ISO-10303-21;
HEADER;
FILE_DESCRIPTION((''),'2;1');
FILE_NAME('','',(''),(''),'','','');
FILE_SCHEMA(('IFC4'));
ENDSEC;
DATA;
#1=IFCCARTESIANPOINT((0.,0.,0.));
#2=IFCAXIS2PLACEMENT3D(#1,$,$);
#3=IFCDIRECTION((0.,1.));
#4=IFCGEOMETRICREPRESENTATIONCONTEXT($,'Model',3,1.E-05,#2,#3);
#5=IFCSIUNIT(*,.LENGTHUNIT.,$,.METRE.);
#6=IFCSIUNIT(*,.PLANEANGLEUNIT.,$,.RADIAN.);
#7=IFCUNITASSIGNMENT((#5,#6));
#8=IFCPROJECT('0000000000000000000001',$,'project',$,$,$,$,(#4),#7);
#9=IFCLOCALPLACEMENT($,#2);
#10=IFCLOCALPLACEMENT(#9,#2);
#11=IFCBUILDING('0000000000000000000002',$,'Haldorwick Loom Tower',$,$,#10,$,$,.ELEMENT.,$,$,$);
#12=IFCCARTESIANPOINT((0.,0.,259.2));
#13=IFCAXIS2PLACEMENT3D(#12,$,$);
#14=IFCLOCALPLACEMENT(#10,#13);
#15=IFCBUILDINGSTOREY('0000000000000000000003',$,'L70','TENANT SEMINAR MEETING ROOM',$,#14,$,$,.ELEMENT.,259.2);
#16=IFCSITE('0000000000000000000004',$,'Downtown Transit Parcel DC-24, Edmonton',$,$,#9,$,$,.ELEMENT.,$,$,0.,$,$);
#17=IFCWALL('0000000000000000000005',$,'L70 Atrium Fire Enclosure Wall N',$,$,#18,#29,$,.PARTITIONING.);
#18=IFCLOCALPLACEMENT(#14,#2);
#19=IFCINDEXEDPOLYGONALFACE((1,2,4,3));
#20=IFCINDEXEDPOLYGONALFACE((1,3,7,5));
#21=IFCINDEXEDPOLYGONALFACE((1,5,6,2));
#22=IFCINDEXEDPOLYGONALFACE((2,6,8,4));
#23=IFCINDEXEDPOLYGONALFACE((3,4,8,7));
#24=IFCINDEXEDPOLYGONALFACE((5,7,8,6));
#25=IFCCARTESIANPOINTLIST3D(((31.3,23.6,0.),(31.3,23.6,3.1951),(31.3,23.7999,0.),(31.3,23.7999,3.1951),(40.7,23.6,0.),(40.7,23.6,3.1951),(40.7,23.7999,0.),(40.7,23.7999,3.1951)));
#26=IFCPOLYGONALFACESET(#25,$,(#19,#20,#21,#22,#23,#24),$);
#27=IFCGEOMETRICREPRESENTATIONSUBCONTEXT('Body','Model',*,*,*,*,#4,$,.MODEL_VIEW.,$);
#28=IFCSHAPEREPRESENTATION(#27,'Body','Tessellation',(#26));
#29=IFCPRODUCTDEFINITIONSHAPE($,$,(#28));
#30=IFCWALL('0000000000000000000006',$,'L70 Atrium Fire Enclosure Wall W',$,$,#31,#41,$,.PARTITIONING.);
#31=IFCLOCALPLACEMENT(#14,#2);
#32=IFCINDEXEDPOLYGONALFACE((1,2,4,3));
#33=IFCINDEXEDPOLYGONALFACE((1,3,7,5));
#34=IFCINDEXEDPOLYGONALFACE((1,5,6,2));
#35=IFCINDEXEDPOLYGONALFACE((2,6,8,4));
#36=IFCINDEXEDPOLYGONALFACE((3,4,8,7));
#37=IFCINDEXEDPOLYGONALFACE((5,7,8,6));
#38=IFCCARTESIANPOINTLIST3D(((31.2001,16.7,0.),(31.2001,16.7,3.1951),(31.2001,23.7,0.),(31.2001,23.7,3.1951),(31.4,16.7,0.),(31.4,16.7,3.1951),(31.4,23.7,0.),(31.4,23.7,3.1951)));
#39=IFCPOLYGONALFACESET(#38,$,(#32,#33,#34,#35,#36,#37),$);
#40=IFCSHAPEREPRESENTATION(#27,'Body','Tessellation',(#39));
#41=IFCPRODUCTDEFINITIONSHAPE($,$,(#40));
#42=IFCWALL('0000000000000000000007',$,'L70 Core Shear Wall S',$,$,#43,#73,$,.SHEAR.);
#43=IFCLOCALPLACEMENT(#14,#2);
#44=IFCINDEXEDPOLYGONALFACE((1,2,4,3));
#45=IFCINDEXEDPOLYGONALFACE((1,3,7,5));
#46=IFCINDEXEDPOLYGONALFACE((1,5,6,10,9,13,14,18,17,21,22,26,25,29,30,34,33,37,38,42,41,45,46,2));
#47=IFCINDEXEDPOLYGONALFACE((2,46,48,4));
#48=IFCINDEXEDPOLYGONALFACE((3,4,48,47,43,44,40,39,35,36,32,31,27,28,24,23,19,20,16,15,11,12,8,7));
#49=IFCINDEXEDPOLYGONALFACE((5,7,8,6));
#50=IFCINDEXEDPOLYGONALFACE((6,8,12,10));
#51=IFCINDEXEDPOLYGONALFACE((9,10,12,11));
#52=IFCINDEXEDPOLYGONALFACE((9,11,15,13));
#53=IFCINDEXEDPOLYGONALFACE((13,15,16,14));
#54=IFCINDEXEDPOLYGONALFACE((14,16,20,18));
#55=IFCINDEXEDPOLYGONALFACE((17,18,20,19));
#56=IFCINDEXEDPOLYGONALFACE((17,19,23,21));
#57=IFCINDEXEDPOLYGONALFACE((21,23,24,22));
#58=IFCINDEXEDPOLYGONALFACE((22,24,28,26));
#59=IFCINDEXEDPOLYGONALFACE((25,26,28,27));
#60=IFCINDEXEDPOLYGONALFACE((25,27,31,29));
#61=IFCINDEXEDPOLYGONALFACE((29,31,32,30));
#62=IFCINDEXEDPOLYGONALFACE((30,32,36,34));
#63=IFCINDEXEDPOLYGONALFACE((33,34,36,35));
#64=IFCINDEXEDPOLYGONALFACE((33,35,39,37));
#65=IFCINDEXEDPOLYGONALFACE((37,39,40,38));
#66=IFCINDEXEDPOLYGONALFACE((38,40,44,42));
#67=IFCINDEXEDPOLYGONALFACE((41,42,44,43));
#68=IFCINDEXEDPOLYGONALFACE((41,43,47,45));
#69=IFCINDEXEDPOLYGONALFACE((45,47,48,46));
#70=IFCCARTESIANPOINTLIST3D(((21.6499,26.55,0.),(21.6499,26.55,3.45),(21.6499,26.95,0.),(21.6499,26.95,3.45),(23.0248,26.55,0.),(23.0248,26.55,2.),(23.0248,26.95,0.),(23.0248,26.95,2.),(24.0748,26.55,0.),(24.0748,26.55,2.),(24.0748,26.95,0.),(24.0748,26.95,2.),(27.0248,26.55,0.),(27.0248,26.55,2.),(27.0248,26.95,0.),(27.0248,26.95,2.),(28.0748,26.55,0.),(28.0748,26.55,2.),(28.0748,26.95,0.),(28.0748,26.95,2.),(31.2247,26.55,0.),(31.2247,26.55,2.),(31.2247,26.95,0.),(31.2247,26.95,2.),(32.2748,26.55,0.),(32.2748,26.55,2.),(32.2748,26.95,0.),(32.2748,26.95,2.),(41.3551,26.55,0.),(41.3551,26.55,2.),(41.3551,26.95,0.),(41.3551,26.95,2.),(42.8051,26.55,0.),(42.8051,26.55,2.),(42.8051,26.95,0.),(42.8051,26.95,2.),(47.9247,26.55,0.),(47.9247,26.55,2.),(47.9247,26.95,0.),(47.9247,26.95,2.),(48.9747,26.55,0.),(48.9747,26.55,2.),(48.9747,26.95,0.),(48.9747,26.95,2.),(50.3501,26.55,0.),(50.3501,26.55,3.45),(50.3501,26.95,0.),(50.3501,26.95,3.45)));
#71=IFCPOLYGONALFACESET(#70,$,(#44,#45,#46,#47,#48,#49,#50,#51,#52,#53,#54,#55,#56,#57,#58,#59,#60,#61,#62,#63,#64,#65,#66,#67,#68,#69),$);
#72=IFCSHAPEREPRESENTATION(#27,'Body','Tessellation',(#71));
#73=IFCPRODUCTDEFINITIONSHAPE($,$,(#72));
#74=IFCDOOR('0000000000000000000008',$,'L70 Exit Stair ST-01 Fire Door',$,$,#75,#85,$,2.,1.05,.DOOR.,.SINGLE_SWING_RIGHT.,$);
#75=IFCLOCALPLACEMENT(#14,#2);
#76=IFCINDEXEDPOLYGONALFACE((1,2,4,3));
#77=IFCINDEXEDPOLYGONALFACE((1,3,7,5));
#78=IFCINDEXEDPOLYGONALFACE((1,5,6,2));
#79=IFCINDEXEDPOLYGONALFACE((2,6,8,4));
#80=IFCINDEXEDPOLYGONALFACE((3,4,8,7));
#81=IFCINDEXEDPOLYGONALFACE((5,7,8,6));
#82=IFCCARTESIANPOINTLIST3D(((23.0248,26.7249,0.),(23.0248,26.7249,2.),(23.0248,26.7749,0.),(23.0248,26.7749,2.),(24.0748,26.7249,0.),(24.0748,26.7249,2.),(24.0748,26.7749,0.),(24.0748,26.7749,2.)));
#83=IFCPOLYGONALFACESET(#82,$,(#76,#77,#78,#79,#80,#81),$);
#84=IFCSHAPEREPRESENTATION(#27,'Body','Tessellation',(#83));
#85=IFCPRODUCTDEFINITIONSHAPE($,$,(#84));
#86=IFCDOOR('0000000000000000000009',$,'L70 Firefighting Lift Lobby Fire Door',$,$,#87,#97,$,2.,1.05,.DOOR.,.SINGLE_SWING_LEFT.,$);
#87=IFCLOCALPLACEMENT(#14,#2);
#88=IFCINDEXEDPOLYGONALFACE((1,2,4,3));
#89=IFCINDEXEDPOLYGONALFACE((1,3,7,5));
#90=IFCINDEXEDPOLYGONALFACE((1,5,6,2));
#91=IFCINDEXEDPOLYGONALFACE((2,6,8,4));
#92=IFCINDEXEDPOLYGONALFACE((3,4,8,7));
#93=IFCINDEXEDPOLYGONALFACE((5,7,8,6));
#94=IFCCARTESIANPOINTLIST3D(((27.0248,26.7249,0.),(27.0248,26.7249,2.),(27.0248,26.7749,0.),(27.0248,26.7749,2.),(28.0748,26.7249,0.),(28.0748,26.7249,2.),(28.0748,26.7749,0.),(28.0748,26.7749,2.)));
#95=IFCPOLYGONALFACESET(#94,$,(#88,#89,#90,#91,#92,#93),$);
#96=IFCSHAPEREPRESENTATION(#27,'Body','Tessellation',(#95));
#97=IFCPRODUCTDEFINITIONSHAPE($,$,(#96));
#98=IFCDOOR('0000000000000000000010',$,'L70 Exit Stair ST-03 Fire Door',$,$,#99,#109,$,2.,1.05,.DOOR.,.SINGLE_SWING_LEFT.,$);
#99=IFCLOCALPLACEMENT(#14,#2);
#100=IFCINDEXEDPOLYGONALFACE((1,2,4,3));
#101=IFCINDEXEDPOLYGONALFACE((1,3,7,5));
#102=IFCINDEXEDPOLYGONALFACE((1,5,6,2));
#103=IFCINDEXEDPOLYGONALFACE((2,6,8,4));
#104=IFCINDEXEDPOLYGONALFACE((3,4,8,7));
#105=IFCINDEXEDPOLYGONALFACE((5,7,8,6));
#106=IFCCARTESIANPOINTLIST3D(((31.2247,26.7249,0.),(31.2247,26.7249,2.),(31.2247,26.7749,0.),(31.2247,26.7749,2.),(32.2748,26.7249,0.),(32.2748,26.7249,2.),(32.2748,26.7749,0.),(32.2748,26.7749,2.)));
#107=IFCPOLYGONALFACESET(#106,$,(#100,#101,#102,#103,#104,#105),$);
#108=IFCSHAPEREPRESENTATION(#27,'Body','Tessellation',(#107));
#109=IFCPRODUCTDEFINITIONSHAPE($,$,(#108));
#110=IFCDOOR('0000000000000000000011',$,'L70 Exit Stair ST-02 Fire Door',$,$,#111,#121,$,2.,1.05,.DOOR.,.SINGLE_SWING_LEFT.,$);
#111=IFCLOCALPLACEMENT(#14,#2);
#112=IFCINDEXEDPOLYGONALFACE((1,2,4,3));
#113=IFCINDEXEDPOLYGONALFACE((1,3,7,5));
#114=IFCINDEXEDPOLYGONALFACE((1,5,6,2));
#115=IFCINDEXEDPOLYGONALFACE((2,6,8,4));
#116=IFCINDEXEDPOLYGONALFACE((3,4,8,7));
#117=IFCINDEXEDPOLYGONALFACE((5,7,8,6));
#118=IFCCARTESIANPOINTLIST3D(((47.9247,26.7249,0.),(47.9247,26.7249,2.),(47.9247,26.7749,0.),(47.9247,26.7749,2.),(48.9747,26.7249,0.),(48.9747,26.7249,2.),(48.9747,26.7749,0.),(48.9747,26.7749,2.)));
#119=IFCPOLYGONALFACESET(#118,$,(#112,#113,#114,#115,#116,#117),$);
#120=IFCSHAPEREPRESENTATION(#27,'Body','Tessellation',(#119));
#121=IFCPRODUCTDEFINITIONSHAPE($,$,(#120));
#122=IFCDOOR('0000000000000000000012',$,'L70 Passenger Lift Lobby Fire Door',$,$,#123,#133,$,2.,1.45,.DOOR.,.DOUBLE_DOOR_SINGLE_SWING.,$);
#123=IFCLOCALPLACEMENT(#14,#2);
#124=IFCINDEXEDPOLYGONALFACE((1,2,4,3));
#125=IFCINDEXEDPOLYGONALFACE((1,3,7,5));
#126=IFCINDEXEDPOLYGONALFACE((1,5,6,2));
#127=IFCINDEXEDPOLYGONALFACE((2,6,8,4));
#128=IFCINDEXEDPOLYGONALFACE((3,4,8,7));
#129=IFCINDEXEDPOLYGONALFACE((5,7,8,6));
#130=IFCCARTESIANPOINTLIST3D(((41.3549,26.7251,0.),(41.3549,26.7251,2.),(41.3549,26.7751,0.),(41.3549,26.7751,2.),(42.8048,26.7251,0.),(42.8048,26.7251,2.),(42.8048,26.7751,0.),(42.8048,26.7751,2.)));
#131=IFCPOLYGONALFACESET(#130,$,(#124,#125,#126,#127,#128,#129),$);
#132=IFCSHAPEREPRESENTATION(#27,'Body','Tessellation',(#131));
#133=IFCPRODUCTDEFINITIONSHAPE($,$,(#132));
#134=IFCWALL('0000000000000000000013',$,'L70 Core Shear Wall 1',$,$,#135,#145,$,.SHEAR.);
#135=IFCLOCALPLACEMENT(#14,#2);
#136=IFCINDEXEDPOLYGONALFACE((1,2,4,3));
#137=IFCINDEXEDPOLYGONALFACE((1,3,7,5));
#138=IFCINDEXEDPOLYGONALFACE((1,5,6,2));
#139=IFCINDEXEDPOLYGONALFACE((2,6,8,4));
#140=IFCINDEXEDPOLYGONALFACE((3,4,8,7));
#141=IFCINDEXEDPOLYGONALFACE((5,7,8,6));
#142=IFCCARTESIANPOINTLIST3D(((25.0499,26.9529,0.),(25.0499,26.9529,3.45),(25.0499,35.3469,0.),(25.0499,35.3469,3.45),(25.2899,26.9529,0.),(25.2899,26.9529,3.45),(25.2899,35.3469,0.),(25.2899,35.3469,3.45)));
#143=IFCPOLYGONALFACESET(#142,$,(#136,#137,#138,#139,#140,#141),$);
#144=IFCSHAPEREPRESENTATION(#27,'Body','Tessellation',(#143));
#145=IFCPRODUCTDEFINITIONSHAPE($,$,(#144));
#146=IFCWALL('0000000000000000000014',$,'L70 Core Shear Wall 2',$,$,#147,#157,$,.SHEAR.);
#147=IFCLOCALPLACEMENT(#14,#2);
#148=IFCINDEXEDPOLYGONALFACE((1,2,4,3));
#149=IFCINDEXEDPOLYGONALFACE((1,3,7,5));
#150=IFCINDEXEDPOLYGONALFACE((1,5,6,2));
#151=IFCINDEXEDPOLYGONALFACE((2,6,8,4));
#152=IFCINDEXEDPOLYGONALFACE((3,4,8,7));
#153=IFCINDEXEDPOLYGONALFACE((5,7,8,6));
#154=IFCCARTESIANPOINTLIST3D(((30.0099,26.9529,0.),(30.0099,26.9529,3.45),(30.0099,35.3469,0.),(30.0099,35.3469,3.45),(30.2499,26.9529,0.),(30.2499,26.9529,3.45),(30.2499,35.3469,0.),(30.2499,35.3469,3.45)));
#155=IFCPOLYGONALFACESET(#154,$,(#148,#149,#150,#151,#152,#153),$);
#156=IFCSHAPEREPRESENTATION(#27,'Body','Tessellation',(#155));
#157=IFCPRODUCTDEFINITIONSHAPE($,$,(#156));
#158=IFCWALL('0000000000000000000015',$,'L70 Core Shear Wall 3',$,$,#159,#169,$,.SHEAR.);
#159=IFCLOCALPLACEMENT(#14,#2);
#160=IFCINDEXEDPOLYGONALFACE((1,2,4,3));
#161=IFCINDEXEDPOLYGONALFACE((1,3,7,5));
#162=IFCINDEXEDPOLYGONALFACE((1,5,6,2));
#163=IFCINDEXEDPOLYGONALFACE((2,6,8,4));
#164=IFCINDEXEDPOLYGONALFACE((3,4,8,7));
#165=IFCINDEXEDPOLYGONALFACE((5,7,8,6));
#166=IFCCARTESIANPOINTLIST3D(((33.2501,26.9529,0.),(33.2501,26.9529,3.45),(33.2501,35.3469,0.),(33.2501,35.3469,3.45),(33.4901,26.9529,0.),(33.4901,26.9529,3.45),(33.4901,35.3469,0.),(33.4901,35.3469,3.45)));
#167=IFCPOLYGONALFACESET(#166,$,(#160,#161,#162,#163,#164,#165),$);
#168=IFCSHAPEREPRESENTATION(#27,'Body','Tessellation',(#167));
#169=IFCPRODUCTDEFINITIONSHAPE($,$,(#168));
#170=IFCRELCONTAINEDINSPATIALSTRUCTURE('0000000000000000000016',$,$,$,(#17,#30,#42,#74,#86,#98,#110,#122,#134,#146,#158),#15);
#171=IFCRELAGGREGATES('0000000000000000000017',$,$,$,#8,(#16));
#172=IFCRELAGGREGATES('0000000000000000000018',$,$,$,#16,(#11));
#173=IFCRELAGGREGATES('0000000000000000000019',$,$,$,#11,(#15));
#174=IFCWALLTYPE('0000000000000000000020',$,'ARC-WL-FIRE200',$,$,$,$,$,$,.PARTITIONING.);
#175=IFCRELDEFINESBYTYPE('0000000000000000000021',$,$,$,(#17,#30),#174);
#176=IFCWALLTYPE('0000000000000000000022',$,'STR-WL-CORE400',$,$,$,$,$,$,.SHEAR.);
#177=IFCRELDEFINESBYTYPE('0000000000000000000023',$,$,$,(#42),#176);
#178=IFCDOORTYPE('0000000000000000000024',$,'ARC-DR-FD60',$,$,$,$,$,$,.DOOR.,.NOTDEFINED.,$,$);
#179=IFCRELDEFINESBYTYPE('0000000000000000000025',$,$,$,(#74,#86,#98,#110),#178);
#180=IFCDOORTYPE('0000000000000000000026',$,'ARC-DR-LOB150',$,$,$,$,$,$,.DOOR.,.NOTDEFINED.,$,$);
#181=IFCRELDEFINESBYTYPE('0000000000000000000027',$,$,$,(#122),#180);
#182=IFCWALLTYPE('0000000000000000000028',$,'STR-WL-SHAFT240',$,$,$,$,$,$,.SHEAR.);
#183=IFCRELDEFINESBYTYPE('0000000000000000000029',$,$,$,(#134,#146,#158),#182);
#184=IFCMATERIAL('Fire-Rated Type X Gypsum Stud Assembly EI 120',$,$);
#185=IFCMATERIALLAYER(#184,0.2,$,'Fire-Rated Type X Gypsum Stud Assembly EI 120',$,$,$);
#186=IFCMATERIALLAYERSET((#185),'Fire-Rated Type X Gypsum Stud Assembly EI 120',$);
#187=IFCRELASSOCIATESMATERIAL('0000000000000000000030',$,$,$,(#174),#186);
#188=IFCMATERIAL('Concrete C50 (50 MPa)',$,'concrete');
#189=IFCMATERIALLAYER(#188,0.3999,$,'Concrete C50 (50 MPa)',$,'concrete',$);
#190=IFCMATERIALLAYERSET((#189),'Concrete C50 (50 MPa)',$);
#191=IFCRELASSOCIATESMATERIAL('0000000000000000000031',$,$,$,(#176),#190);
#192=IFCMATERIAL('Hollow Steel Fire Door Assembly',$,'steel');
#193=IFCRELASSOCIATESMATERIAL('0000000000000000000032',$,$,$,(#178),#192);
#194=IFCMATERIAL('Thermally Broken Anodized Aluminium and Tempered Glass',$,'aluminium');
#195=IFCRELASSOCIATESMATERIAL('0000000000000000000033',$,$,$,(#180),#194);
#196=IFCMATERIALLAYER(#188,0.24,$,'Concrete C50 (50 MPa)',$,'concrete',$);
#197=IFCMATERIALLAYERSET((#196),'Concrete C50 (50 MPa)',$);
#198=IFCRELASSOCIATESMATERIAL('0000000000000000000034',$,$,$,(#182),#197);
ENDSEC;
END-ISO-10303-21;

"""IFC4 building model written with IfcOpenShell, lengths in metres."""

from ifc_helpers import new_model, si_unit, direction, frame, frame_2d, origin, place, context, subcontext, project, spatial, rectangle, extrude, material, layer, layer_set, type_object, element, fill, save


model = new_model("IFC4")

# Units and contexts
model_context = context("Model", 3, precision=1e-05, world=origin(), true_north=direction((0.0, 1.0)))
body_context = subcontext(model_context, "Body", "Model", "MODEL_VIEW")
ifc_project = project(units=[si_unit("LENGTHUNIT", "METRE"), si_unit("PLANEANGLEUNIT", "RADIAN")], contexts=[model_context])

# Site, building, storey
site_placement = place(None, origin())
site = spatial("IfcSite", under=ifc_project, at=site_placement, Name="Downtown Transit Parcel DC-24, Edmonton", CompositionType="ELEMENT", RefElevation=0.0)
building_placement = place(site_placement, origin())
building = spatial("IfcBuilding", under=site, at=building_placement, Name="Haldorwick Loom Tower", CompositionType="ELEMENT")
storey_placement = place(building_placement, frame((0.0, 0.0, 259.2)))
storey = spatial("IfcBuildingStorey", under=building, at=storey_placement, Name="L70", Description="TENANT SEMINAR MEETING ROOM", CompositionType="ELEMENT", Elevation=259.2)

# Shared definitions
ifc_material_1 = material(Name="Concrete C50 (50 MPa)", Category="concrete")

# Walls
ifc_material_2 = material(Name="Fire-Rated Type X Gypsum Stud Assembly EI 120")
ifc_layer_1 = layer(ifc_material_2, 0.2, Name="Fire-Rated Type X Gypsum Stud Assembly EI 120")
ifc_layer_set_1 = layer_set([ifc_layer_1], Name="Fire-Rated Type X Gypsum Stud Assembly EI 120")
wall_type_1 = type_object("IfcWallType", Name="ARC-WL-FIRE200", PredefinedType="PARTITIONING", material=ifc_layer_set_1)
wall_1_placement = place(storey_placement, frame((31.3, 23.7, 0.0), z_axis=(0.0, 0.0, 1.0), x_axis=(1.0, 0.0, 0.0)))
element("IfcWall", 1, at=wall_1_placement, inside=storey, type_object=wall_type_1, Name="L70 Atrium Fire Enclosure Wall N", PredefinedType="PARTITIONING", context=body_context, shape_type="SweptSolid", body=[
    extrude(rectangle(XDim=9.3999, YDim=0.2, at=frame_2d((4.7, 0.0))), origin(), (0.0, 0.0, 1.0), 3.1951),
])
wall_2_placement = place(storey_placement, frame((31.3, 16.7, 0.0), z_axis=(0.0, 0.0, 1.0), x_axis=(0.0, 1.0, 0.0)))
element("IfcWall", 2, at=wall_2_placement, inside=storey, type_object=wall_type_1, Name="L70 Atrium Fire Enclosure Wall W", PredefinedType="PARTITIONING", context=body_context, shape_type="SweptSolid", body=[
    extrude(rectangle(XDim=7.0, YDim=0.2, at=frame_2d((3.5, 0.0))), origin(), (0.0, 0.0, 1.0), 3.1951),
])

# Wall, openings, doors
ifc_layer_2 = layer(ifc_material_1, 0.3999, Name="Concrete C50 (50 MPa)", Category="concrete")
ifc_layer_set_2 = layer_set([ifc_layer_2], Name="Concrete C50 (50 MPa)")
wall_type_2 = type_object("IfcWallType", Name="STR-WL-CORE400", PredefinedType="SHEAR", material=ifc_layer_set_2)
wall_3_placement = place(storey_placement, frame((21.6499, 26.75, 0.0), z_axis=(0.0, 0.0, 1.0), x_axis=(1.0, 0.0, 0.0)))
wall_3 = element("IfcWall", 3, at=wall_3_placement, inside=storey, type_object=wall_type_2, Name="L70 Core Shear Wall S", PredefinedType="SHEAR", context=body_context, shape_type="SweptSolid", body=[
    extrude(rectangle(XDim=28.7002, YDim=0.3999, at=frame_2d((14.3501, 0.0))), origin(), (0.0, 0.0, 1.0), 3.45),
])
opening_1_placement = place(wall_3_placement, frame((1.375, 0.0, 0.0)))
opening_1 = element("IfcOpeningElement", 4, at=opening_1_placement, cuts=wall_3, PredefinedType="OPENING", context=body_context, shape_type="SweptSolid", body=[
    extrude(rectangle(XDim=1.05, YDim=2.0, at=frame_2d((0.5249, 1.0))), frame((0.0, 0.21, 0.0), z_axis=(0.0, -1.0, 0.0), x_axis=(1.0, 0.0, 0.0)), (0.0, 0.0, 1.0), 0.4199),
])
opening_2_placement = place(wall_3_placement, frame((5.375, 0.0, 0.0)))
opening_2 = element("IfcOpeningElement", 5, at=opening_2_placement, cuts=wall_3, PredefinedType="OPENING", context=body_context, shape_type="SweptSolid", body=[
    extrude(rectangle(XDim=1.05, YDim=2.0, at=frame_2d((0.5249, 1.0))), frame((0.0, 0.21, 0.0), z_axis=(0.0, -1.0, 0.0), x_axis=(1.0, 0.0, 0.0)), (0.0, 0.0, 1.0), 0.4199),
])
opening_3_placement = place(wall_3_placement, frame((9.575, 0.0, 0.0)))
opening_3 = element("IfcOpeningElement", 6, at=opening_3_placement, cuts=wall_3, PredefinedType="OPENING", context=body_context, shape_type="SweptSolid", body=[
    extrude(rectangle(XDim=1.05, YDim=2.0, at=frame_2d((0.5249, 1.0))), frame((0.0, 0.21, 0.0), z_axis=(0.0, -1.0, 0.0), x_axis=(1.0, 0.0, 0.0)), (0.0, 0.0, 1.0), 0.4199),
])
opening_4_placement = place(wall_3_placement, frame((19.7051, 0.0, 0.0)))
opening_4 = element("IfcOpeningElement", 7, at=opening_4_placement, cuts=wall_3, PredefinedType="OPENING", context=body_context, shape_type="SweptSolid", body=[
    extrude(rectangle(XDim=1.45, YDim=2.0, at=frame_2d((0.7251, 1.0))), frame((0.0, 0.21, 0.0), z_axis=(0.0, -1.0, 0.0), x_axis=(1.0, 0.0, 0.0)), (0.0, 0.0, 1.0), 0.4199),
])
opening_5_placement = place(wall_3_placement, frame((26.2749, 0.0, 0.0)))
opening_5 = element("IfcOpeningElement", 8, at=opening_5_placement, cuts=wall_3, PredefinedType="OPENING", context=body_context, shape_type="SweptSolid", body=[
    extrude(rectangle(XDim=1.05, YDim=2.0, at=frame_2d((0.5249, 1.0))), frame((0.0, 0.21, 0.0), z_axis=(0.0, -1.0, 0.0), x_axis=(1.0, 0.0, 0.0)), (0.0, 0.0, 1.0), 0.4199),
])
ifc_material_3 = material(Name="Hollow Steel Fire Door Assembly", Category="steel")
door_type_1 = type_object("IfcDoorType", Name="ARC-DR-FD60", OperationType="NOTDEFINED", PredefinedType="DOOR", material=ifc_material_3)
door_1_placement = place(opening_1_placement, origin())
door_1 = element("IfcDoor", 9, at=door_1_placement, inside=storey, type_object=door_type_1, Name="L70 Exit Stair ST-01 Fire Door", OperationType="SINGLE_SWING_RIGHT", OverallHeight=2.0, OverallWidth=1.05, PredefinedType="DOOR", context=body_context, shape_type="SweptSolid", body=[
    extrude(rectangle(XDim=1.05, YDim=2.0, at=frame_2d((0.5249, 1.0))), frame((0.0, 0.0249, 0.0), z_axis=(0.0, -1.0, 0.0), x_axis=(1.0, 0.0, 0.0)), (0.0, 0.0, 1.0), 0.05),
])
fill(opening_1, door_1)
door_2_placement = place(opening_2_placement, origin())
door_2 = element("IfcDoor", 10, at=door_2_placement, inside=storey, type_object=door_type_1, Name="L70 Firefighting Lift Lobby Fire Door", OperationType="SINGLE_SWING_LEFT", OverallHeight=2.0, OverallWidth=1.05, PredefinedType="DOOR", context=body_context, shape_type="SweptSolid", body=[
    extrude(rectangle(XDim=1.05, YDim=2.0, at=frame_2d((0.5249, 1.0))), frame((0.0, 0.0249, 0.0), z_axis=(0.0, -1.0, 0.0), x_axis=(1.0, 0.0, 0.0)), (0.0, 0.0, 1.0), 0.05),
])
fill(opening_2, door_2)
door_3_placement = place(opening_3_placement, origin())
door_3 = element("IfcDoor", 11, at=door_3_placement, inside=storey, type_object=door_type_1, Name="L70 Exit Stair ST-03 Fire Door", OperationType="SINGLE_SWING_LEFT", OverallHeight=2.0, OverallWidth=1.05, PredefinedType="DOOR", context=body_context, shape_type="SweptSolid", body=[
    extrude(rectangle(XDim=1.05, YDim=2.0, at=frame_2d((0.5249, 1.0))), frame((0.0, 0.0249, 0.0), z_axis=(0.0, -1.0, 0.0), x_axis=(1.0, 0.0, 0.0)), (0.0, 0.0, 1.0), 0.05),
])
fill(opening_3, door_3)
door_4_placement = place(opening_5_placement, origin())
door_4 = element("IfcDoor", 12, at=door_4_placement, inside=storey, type_object=door_type_1, Name="L70 Exit Stair ST-02 Fire Door", OperationType="SINGLE_SWING_LEFT", OverallHeight=2.0, OverallWidth=1.05, PredefinedType="DOOR", context=body_context, shape_type="SweptSolid", body=[
    extrude(rectangle(XDim=1.05, YDim=2.0, at=frame_2d((0.5249, 1.0))), frame((0.0, 0.0249, 0.0), z_axis=(0.0, -1.0, 0.0), x_axis=(1.0, 0.0, 0.0)), (0.0, 0.0, 1.0), 0.05),
])
fill(opening_5, door_4)
ifc_material_4 = material(Name="Thermally Broken Anodized Aluminium and Tempered Glass", Category="aluminium")
door_type_2 = type_object("IfcDoorType", Name="ARC-DR-LOB150", OperationType="NOTDEFINED", PredefinedType="DOOR", material=ifc_material_4)
door_5_placement = place(opening_4_placement, frame((1.45, 0.0, 0.0), z_axis=(0.0, 0.0, 1.0), x_axis=(-1.0, 0.0, 0.0)))
door_5 = element("IfcDoor", 13, at=door_5_placement, inside=storey, type_object=door_type_2, Name="L70 Passenger Lift Lobby Fire Door", OperationType="DOUBLE_DOOR_SINGLE_SWING", OverallHeight=2.0, OverallWidth=1.45, PredefinedType="DOOR", context=body_context, shape_type="SweptSolid", body=[
    extrude(rectangle(XDim=1.45, YDim=2.0, at=frame_2d((0.7251, 1.0))), frame((0.0, 0.0249, 0.0), z_axis=(0.0, -1.0, 0.0), x_axis=(1.0, 0.0, 0.0)), (0.0, 0.0, 1.0), 0.05),
])
fill(opening_4, door_5)

# Walls
ifc_layer_3 = layer(ifc_material_1, 0.24, Name="Concrete C50 (50 MPa)", Category="concrete")
ifc_layer_set_3 = layer_set([ifc_layer_3], Name="Concrete C50 (50 MPa)")
wall_type_3 = type_object("IfcWallType", Name="STR-WL-SHAFT240", PredefinedType="SHEAR", material=ifc_layer_set_3)
for number, where, z_axis, x_axis, name in (
    (14, (25.1699, 26.9529, 0.0), (0.0, 0.0, 1.0), (0.0, 1.0, 0.0), "L70 Core Shear Wall 1"),
    (15, (30.1299, 26.9529, 0.0), (0.0, 0.0, 1.0), (0.0, 1.0, 0.0), "L70 Core Shear Wall 2"),
    (16, (33.3701, 26.9529, 0.0), (0.0, 0.0, 1.0), (0.0, 1.0, 0.0), "L70 Core Shear Wall 3"),
):
    element("IfcWall", number, at=place(storey_placement, frame(where, z_axis=z_axis, x_axis=x_axis)), inside=storey, type_object=wall_type_3, Name=name, PredefinedType="SHEAR", context=body_context, shape_type="SweptSolid", body=[
        extrude(rectangle(XDim=8.394, YDim=0.24, at=frame_2d((4.197, 0.0))), origin(), (0.0, 0.0, 1.0), 3.45),
    ])

save(model, "model.ifc")
